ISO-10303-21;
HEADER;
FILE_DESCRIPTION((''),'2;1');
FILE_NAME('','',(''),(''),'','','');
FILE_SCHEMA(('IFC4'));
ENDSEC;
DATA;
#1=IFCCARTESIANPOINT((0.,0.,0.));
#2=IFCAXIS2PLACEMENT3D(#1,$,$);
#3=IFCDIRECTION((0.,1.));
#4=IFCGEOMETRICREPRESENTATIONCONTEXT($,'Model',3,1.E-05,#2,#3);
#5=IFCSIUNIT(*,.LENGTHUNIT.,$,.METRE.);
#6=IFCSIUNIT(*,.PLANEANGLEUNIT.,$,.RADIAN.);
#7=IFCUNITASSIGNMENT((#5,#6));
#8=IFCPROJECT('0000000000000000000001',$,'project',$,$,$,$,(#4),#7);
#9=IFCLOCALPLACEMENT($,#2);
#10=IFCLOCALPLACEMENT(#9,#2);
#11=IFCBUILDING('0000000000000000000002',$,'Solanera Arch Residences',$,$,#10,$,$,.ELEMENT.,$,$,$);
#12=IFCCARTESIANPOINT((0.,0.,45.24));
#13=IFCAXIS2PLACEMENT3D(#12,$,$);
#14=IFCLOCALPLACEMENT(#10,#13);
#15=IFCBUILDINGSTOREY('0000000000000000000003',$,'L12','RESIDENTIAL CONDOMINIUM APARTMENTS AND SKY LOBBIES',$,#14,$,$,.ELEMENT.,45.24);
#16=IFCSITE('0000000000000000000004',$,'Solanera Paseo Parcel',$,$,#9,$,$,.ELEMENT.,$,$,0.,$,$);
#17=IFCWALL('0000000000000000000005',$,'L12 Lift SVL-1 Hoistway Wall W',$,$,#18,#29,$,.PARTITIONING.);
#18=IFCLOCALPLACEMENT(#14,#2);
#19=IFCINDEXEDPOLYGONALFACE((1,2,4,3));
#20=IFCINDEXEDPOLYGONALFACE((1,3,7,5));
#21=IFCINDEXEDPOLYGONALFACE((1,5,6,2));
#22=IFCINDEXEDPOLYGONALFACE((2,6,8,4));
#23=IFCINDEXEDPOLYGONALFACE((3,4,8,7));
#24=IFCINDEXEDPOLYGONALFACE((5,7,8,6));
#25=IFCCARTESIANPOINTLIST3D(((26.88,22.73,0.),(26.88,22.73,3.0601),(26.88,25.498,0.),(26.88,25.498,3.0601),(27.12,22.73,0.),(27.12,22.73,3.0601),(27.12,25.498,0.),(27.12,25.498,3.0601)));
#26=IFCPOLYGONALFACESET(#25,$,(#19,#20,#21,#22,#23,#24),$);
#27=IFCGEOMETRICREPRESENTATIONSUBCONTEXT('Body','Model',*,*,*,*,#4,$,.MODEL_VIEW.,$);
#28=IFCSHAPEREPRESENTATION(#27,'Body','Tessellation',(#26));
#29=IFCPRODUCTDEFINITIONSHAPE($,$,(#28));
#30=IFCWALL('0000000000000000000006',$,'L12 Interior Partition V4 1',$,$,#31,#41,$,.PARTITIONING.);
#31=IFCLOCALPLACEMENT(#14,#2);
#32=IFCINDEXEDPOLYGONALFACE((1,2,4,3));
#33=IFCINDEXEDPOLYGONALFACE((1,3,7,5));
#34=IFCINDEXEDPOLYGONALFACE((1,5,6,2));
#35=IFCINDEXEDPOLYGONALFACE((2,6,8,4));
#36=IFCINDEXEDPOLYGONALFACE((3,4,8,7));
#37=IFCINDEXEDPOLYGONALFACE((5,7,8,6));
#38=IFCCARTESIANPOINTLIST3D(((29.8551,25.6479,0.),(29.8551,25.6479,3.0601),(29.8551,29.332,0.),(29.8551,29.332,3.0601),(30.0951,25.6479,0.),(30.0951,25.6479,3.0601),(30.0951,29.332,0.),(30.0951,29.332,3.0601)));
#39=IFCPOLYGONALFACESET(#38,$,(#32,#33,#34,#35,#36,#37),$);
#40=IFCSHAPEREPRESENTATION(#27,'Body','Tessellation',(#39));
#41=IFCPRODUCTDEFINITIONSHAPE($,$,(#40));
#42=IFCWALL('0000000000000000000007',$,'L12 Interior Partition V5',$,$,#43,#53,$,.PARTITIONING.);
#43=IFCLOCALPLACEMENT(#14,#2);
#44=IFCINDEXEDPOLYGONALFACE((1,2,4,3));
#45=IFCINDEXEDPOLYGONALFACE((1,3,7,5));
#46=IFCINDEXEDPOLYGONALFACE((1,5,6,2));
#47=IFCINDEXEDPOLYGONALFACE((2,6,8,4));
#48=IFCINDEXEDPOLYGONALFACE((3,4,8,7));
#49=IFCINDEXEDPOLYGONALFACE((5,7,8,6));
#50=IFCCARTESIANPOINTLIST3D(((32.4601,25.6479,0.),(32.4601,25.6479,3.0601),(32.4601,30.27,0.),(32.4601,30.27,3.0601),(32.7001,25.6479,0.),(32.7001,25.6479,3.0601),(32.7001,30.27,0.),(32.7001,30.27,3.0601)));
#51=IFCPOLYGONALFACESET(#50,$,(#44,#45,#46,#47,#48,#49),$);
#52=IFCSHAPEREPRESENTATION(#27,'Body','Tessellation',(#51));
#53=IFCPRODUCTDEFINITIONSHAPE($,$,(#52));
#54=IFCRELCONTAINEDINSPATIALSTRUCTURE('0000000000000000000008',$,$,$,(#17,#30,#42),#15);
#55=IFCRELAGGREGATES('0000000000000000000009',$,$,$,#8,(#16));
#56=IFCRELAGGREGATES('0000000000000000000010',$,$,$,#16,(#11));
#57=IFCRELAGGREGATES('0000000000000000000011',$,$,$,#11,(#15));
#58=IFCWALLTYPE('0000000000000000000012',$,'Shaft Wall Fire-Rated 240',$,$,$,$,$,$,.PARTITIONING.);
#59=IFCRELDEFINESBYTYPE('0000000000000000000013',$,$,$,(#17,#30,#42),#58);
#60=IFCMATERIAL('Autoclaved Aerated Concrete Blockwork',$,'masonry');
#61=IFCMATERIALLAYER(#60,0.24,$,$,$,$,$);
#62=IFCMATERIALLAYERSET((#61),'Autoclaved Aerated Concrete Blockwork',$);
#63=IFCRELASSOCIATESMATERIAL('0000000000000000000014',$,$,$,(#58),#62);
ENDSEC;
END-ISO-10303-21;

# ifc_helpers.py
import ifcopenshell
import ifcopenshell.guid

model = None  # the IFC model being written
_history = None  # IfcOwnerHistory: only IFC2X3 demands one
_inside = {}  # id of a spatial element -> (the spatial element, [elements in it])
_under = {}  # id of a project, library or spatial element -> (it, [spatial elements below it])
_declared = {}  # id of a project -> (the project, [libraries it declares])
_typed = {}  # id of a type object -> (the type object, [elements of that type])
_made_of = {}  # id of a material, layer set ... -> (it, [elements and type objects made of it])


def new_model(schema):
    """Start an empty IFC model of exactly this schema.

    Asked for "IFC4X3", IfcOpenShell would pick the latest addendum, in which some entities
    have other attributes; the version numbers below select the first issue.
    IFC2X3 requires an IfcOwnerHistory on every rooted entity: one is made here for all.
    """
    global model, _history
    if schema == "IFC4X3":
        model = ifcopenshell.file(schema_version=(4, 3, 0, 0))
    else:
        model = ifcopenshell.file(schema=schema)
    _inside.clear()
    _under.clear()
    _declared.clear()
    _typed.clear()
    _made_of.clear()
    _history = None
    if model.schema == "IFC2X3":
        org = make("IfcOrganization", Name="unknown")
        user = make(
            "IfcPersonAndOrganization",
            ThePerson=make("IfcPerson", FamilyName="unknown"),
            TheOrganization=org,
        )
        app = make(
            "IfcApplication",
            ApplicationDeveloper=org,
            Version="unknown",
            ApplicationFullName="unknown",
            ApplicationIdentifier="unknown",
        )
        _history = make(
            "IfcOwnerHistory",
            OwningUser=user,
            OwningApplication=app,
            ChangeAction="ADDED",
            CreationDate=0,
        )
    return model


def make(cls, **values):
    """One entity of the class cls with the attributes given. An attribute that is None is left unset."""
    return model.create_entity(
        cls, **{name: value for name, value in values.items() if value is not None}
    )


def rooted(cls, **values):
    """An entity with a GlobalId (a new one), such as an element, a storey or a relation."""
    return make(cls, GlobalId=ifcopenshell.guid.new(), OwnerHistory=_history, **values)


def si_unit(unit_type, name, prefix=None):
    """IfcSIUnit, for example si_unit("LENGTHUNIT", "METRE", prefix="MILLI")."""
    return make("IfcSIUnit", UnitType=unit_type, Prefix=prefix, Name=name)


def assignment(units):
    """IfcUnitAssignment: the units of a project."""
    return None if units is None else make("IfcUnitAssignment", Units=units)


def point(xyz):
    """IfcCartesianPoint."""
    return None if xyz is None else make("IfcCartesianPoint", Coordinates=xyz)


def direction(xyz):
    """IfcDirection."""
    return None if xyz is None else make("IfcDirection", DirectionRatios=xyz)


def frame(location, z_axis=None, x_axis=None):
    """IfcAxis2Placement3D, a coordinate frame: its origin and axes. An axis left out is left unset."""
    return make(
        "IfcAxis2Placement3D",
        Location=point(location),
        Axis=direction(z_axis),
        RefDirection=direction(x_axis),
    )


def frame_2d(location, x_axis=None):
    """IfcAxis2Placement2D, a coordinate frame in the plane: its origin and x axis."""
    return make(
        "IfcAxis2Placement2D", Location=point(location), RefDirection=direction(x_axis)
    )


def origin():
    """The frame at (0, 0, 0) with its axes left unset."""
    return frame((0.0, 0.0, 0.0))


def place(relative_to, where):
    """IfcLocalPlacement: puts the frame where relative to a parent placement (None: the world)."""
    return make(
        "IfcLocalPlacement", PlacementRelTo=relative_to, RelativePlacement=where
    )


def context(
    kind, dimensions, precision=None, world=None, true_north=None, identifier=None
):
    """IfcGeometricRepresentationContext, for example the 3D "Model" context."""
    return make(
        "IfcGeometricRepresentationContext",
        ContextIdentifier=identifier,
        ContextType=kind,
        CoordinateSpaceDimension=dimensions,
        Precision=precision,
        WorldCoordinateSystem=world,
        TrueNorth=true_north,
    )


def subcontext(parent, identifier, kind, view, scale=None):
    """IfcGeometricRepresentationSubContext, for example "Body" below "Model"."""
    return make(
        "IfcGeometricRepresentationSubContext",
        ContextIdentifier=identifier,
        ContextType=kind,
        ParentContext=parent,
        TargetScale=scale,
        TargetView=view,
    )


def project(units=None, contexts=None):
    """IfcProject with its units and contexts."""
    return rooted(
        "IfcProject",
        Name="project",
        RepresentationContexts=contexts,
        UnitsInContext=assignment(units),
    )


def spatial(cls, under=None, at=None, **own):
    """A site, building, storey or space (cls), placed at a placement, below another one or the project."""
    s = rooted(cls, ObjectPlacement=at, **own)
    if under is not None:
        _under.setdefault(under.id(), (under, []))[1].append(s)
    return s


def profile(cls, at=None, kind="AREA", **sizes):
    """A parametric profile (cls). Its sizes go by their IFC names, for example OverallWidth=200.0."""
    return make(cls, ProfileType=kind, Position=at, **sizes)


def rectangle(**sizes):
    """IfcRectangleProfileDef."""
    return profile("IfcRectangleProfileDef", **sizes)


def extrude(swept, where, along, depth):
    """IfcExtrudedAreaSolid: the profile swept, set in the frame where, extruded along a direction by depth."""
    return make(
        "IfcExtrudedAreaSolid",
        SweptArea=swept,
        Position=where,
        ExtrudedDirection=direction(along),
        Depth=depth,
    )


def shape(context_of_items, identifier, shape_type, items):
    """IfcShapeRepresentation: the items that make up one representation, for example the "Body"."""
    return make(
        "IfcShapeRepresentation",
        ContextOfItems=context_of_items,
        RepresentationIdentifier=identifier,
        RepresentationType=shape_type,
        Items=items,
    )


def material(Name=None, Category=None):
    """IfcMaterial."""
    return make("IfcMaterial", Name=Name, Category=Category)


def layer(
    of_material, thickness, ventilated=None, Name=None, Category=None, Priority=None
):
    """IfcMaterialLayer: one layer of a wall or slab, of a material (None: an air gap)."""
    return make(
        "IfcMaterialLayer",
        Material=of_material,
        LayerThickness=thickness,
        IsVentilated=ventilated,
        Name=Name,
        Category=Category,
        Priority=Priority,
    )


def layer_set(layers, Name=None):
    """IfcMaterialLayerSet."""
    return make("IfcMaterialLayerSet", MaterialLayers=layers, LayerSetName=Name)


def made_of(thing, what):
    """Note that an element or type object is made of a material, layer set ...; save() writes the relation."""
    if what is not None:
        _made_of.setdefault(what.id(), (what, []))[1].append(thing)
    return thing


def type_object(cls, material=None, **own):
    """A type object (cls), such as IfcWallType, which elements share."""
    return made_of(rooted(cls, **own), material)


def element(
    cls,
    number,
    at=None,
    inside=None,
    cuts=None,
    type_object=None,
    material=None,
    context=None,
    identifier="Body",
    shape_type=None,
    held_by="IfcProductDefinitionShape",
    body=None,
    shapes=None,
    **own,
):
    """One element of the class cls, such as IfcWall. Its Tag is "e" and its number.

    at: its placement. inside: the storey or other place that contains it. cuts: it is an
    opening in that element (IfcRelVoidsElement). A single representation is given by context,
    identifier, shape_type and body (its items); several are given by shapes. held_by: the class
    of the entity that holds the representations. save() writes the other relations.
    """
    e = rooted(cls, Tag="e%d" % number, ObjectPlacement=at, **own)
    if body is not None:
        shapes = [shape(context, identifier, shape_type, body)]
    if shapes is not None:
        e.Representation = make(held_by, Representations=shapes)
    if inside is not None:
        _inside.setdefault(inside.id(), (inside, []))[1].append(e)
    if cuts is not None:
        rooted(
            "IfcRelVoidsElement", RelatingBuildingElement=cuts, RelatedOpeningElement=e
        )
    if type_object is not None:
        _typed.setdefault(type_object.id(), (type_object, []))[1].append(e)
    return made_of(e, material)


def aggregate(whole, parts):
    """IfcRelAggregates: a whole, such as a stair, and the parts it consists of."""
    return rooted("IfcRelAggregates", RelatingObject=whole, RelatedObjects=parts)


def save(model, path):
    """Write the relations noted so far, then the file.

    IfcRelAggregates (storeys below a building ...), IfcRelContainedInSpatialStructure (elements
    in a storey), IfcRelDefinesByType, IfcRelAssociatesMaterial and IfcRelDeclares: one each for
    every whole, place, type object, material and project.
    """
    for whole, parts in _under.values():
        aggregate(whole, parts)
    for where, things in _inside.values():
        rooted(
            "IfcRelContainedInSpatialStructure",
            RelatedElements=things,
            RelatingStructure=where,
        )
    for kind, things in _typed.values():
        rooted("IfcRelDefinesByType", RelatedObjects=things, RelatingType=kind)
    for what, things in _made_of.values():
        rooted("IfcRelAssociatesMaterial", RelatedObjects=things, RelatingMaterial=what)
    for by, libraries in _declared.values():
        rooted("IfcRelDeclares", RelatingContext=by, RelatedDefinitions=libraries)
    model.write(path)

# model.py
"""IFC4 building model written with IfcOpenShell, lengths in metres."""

from ifc_helpers import new_model, si_unit, direction, frame, frame_2d, origin, place, context, subcontext, project, spatial, rectangle, extrude, material, layer, layer_set, type_object, element, save


model = new_model("IFC4")

# Units and contexts
model_context = context("Model", 3, precision=1e-05, world=origin(), true_north=direction((0.0, 1.0)))
body_context = subcontext(model_context, "Body", "Model", "MODEL_VIEW")
ifc_project = project(units=[si_unit("LENGTHUNIT", "METRE"), si_unit("PLANEANGLEUNIT", "RADIAN")], contexts=[model_context])

# Site, building, storey
site_placement = place(None, origin())
site = spatial("IfcSite", under=ifc_project, at=site_placement, Name="Solanera Paseo Parcel", CompositionType="ELEMENT", RefElevation=0.0)
building_placement = place(site_placement, origin())
building = spatial("IfcBuilding", under=site, at=building_placement, Name="Solanera Arch Residences", CompositionType="ELEMENT")
storey_placement = place(building_placement, frame((0.0, 0.0, 45.24)))
storey = spatial("IfcBuildingStorey", under=building, at=storey_placement, Name="L12", Description="RESIDENTIAL CONDOMINIUM APARTMENTS AND SKY LOBBIES", CompositionType="ELEMENT", Elevation=45.24)

# Walls
ifc_material_1 = material(Name="Autoclaved Aerated Concrete Blockwork", Category="masonry")
ifc_layer_1 = layer(ifc_material_1, 0.24)
ifc_layer_set_1 = layer_set([ifc_layer_1], Name="Autoclaved Aerated Concrete Blockwork")
wall_type_1 = type_object("IfcWallType", Name="Shaft Wall Fire-Rated 240", PredefinedType="PARTITIONING", material=ifc_layer_set_1)
wall_1_placement = place(storey_placement, frame((27.0, 22.73, 0.0), z_axis=(0.0, 0.0, 1.0), x_axis=(0.0, 1.0, 0.0)))
element("IfcWall", 1, at=wall_1_placement, inside=storey, type_object=wall_type_1, Name="L12 Lift SVL-1 Hoistway Wall W", PredefinedType="PARTITIONING", context=body_context, shape_type="SweptSolid", body=[
    extrude(rectangle(XDim=2.7681, YDim=0.24, at=frame_2d((1.384, 0.0))), origin(), (0.0, 0.0, 1.0), 3.0601),
])
wall_2_placement = place(storey_placement, frame((29.9751, 25.6479, 0.0), z_axis=(0.0, 0.0, 1.0), x_axis=(0.0, 1.0, 0.0)))
element("IfcWall", 2, at=wall_2_placement, inside=storey, type_object=wall_type_1, Name="L12 Interior Partition V4 1", PredefinedType="PARTITIONING", context=body_context, shape_type="SweptSolid", body=[
    extrude(rectangle(XDim=3.6841, YDim=0.24, at=frame_2d((1.842, 0.0))), origin(), (0.0, 0.0, 1.0), 3.0601),
])

# Wall
wall_3_placement = place(storey_placement, frame((32.5801, 25.6479, 0.0), z_axis=(0.0, 0.0, 1.0), x_axis=(0.0, 1.0, 0.0)))
element("IfcWall", 3, at=wall_3_placement, inside=storey, type_object=wall_type_1, Name="L12 Interior Partition V5", PredefinedType="PARTITIONING", context=body_context, shape_type="SweptSolid", body=[
    extrude(rectangle(XDim=4.6221, YDim=0.24, at=frame_2d((2.311, 0.0))), origin(), (0.0, 0.0, 1.0), 3.0601),
])

save(model, "model.ifc")
